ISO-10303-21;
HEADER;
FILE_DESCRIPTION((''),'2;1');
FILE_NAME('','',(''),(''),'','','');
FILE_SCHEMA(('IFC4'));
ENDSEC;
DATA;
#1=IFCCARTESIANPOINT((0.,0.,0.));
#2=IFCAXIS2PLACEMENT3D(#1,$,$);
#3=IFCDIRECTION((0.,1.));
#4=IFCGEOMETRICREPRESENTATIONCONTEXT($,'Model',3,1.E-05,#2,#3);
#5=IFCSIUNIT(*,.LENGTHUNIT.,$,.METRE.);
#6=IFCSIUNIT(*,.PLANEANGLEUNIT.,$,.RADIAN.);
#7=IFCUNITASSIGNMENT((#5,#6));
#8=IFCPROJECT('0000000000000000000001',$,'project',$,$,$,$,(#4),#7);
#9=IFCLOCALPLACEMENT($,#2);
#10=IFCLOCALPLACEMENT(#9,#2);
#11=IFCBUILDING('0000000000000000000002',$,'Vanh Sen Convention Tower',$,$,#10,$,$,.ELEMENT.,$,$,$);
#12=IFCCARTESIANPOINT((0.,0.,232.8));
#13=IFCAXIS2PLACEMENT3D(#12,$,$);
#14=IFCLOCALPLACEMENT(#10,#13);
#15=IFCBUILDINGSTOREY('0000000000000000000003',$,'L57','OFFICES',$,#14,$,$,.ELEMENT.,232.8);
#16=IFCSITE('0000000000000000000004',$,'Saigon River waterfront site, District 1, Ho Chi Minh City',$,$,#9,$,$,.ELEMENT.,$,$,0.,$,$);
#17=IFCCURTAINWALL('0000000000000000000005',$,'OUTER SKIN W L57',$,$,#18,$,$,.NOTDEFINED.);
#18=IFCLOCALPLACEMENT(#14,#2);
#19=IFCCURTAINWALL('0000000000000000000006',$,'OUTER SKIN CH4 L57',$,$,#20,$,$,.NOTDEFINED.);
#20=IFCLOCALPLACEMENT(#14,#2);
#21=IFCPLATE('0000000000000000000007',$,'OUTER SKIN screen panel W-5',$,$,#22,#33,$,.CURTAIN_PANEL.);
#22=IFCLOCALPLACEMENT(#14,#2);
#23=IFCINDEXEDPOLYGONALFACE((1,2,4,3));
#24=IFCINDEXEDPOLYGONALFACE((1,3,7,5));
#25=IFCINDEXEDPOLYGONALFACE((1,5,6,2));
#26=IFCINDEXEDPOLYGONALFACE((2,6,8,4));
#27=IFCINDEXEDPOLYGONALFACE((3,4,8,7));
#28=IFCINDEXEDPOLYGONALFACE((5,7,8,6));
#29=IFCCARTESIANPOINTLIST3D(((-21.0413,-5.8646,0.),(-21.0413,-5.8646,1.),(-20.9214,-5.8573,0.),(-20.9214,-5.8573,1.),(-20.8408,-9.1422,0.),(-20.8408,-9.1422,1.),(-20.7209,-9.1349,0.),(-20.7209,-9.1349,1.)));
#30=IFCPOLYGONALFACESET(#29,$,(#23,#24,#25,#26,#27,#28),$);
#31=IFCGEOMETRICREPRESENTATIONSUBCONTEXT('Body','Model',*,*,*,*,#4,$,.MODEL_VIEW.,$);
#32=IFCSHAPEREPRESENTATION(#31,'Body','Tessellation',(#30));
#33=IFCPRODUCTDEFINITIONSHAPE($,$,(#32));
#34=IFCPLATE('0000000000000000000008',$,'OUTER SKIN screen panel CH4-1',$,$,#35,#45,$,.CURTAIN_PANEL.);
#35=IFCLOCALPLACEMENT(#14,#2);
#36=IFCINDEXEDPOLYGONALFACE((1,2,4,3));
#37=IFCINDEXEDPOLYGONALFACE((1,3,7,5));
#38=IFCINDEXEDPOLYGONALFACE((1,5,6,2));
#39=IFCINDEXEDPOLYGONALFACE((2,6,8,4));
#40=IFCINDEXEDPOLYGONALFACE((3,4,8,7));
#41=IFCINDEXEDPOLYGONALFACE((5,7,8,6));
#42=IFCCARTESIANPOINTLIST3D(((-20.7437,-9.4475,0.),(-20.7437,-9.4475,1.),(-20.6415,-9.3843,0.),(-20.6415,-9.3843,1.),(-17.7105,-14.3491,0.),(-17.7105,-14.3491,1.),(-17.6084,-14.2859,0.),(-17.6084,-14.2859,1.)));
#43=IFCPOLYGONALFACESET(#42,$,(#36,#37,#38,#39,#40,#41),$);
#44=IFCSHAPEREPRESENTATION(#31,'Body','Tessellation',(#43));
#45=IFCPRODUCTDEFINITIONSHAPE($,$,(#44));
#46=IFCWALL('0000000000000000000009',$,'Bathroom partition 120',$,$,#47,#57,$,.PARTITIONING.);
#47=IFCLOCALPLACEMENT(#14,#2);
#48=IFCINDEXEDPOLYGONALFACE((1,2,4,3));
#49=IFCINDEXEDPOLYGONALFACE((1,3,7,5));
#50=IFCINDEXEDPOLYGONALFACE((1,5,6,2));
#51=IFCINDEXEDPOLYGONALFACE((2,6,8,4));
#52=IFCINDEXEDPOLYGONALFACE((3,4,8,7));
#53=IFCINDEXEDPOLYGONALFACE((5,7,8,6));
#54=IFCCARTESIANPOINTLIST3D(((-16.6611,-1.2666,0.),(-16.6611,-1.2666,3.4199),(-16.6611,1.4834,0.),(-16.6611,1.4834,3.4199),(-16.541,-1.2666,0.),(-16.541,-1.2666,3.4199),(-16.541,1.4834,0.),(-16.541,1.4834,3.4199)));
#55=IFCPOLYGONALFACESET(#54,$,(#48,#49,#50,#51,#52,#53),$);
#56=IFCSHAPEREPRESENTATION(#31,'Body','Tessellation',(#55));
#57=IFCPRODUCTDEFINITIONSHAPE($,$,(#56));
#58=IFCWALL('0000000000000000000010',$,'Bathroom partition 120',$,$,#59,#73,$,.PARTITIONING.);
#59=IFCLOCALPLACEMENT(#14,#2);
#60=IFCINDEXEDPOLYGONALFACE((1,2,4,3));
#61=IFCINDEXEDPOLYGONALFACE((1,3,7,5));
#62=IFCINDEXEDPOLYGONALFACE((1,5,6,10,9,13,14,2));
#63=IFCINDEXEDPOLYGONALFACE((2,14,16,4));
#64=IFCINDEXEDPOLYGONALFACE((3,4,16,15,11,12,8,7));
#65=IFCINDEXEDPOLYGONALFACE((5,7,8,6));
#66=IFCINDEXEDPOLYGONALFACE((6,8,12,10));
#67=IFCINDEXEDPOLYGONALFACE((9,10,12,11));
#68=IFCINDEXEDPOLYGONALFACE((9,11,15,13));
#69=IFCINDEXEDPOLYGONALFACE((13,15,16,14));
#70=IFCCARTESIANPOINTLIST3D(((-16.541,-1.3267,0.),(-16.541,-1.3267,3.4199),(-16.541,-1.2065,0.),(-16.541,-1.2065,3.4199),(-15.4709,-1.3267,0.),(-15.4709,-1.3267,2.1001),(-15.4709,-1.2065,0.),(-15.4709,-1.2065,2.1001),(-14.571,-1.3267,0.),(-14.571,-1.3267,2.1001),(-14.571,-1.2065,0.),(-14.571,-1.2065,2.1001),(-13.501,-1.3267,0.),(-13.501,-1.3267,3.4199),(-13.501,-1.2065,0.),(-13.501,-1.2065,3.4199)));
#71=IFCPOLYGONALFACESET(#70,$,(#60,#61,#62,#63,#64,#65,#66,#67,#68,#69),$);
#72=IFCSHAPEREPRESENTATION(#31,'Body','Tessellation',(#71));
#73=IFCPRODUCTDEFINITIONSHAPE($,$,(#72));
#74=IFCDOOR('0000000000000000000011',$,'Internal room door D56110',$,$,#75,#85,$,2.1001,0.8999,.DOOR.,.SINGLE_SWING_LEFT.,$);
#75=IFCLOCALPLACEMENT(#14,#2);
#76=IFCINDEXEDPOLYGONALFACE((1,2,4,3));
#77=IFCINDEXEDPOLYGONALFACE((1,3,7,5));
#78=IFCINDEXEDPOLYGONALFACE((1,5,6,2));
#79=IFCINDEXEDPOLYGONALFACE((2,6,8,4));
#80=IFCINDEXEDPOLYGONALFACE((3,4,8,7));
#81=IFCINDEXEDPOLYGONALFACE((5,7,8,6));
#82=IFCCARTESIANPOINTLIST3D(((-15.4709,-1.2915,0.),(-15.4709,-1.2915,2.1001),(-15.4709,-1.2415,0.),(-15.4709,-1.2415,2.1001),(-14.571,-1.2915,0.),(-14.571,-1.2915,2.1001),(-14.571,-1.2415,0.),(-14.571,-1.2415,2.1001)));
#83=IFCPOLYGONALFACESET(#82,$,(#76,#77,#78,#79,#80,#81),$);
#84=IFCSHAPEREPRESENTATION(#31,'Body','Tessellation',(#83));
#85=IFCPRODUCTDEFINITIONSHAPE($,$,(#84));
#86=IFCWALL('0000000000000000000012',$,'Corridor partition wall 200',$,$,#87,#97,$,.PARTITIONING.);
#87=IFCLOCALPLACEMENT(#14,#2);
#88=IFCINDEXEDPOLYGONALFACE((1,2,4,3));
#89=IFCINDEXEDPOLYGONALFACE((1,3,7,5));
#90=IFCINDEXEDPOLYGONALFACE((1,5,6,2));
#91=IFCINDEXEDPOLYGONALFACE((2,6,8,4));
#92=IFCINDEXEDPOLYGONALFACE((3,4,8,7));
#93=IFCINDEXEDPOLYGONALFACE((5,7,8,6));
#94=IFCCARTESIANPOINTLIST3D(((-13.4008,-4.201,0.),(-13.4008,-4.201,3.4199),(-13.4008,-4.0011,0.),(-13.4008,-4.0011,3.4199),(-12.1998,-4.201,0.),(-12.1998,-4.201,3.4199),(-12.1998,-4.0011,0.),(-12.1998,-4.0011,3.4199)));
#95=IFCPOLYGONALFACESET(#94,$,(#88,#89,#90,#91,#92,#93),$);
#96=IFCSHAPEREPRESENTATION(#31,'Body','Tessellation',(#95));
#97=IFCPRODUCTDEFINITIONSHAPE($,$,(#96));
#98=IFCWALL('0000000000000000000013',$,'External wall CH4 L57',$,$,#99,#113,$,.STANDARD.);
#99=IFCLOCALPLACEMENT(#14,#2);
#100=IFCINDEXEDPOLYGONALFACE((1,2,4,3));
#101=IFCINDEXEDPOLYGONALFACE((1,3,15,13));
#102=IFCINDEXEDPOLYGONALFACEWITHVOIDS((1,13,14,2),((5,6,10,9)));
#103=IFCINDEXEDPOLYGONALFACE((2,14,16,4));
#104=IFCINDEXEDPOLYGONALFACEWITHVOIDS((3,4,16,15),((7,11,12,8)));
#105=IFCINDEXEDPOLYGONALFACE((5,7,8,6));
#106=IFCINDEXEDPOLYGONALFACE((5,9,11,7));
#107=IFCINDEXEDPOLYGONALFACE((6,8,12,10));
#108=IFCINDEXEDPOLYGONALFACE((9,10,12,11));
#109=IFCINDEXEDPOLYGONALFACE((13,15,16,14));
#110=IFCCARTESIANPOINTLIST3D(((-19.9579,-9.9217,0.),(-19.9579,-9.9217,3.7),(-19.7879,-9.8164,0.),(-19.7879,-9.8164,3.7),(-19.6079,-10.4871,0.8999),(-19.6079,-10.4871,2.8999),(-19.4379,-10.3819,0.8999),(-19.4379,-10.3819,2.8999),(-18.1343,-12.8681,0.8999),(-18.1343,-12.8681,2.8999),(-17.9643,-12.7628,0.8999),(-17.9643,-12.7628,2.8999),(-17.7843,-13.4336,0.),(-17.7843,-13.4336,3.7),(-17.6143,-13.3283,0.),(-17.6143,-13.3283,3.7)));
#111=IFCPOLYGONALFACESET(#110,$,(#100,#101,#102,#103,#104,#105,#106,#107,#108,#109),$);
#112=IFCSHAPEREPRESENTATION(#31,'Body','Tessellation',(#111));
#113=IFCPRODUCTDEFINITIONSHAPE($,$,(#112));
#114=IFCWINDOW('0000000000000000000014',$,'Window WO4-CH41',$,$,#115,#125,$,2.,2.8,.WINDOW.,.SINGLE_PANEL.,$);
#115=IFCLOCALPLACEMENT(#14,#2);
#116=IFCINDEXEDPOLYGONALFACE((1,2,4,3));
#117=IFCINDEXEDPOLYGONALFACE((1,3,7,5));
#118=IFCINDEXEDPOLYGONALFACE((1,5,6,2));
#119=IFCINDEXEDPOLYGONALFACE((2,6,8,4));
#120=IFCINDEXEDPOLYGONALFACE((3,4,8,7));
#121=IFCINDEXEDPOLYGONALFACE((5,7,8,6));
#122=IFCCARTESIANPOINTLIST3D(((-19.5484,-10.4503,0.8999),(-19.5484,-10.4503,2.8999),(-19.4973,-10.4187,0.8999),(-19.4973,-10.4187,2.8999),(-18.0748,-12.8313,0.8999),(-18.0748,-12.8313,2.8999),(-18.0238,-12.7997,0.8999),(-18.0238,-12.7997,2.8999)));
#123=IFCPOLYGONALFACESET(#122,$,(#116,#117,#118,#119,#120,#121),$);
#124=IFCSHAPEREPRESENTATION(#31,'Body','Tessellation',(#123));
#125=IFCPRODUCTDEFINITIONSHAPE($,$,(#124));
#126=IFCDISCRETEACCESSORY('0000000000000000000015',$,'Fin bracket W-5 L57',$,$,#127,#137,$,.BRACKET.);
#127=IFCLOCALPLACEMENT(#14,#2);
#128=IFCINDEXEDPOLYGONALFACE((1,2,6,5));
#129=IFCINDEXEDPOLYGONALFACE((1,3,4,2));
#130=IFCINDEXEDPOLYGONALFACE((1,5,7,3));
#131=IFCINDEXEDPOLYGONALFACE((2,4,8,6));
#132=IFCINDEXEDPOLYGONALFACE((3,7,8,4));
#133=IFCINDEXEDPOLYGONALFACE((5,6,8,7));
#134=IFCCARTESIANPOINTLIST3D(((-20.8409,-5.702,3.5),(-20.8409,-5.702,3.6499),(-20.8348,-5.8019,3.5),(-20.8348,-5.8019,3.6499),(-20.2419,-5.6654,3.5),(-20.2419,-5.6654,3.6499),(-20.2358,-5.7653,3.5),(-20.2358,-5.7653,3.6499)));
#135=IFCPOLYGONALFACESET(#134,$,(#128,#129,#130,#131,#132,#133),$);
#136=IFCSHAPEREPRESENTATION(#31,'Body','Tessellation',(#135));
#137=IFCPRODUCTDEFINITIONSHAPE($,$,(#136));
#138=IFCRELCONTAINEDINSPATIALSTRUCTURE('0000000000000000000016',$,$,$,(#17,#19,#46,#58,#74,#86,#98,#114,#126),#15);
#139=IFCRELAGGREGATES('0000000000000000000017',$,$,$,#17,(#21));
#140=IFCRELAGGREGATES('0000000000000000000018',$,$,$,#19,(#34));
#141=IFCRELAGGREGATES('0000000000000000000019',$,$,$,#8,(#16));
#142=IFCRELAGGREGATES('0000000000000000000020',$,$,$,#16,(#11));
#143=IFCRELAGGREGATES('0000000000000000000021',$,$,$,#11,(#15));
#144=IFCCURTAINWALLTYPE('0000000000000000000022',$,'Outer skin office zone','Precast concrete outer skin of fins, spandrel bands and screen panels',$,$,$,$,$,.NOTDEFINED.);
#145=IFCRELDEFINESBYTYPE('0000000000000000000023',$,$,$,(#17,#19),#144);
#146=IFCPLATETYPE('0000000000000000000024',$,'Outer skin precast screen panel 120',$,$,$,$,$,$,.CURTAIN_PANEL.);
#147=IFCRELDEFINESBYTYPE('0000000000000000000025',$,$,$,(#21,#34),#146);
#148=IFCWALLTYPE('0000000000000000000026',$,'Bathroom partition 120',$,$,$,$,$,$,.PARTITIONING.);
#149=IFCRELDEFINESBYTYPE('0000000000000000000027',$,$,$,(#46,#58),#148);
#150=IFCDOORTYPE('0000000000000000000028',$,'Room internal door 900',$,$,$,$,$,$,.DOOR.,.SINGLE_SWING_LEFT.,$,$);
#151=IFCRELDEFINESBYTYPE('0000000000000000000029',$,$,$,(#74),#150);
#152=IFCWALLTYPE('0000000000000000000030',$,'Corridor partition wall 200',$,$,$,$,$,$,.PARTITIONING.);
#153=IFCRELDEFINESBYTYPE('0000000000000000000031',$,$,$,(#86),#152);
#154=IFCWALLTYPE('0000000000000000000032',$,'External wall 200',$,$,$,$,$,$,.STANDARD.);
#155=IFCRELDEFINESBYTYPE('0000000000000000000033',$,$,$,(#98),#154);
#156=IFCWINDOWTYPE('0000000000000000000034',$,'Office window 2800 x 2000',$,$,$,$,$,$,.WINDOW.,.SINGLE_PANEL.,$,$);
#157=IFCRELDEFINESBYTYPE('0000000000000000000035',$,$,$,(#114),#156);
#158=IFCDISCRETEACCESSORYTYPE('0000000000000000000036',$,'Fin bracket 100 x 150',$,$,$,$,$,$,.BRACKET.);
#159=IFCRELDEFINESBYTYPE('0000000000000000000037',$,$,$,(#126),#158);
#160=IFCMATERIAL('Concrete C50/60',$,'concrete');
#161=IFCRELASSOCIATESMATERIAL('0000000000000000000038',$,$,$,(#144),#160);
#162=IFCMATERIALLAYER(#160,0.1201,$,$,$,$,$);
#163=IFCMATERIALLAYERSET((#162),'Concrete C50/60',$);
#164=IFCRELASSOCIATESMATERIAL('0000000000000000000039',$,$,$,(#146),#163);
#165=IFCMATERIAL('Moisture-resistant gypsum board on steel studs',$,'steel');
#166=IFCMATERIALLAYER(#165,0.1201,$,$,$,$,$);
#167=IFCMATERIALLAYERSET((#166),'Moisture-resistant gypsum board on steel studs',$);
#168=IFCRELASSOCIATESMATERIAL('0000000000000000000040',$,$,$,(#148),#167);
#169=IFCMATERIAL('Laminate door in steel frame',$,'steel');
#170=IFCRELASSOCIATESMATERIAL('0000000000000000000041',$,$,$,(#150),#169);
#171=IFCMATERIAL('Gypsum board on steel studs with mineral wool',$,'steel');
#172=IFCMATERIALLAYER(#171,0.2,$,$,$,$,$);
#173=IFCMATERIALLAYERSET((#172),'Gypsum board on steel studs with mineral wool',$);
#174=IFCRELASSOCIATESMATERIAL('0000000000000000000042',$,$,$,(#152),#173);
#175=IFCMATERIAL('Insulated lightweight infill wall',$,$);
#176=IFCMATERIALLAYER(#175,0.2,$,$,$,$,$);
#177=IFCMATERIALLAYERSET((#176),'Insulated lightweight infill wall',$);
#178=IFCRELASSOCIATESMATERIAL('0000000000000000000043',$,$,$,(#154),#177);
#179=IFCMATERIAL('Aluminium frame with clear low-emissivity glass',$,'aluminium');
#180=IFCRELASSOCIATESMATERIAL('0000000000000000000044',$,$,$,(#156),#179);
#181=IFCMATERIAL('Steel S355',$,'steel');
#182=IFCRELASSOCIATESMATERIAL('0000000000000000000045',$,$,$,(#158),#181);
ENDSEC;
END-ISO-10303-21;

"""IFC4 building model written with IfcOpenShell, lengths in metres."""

from ifc_helpers import new_model, si_unit, direction, frame, frame_2d, origin, origin_2d, place, context, subcontext, project, spatial, rectangle, extrude, material, layer, layer_set, type_object, element, fill, aggregate, save


model = new_model("IFC4")

# Units and contexts
model_context = context("Model", 3, precision=1e-05, world=origin(), true_north=direction((0.0, 1.0)))
body_context = subcontext(model_context, "Body", "Model", "MODEL_VIEW")
ifc_project = project(units=[si_unit("LENGTHUNIT", "METRE"), si_unit("PLANEANGLEUNIT", "RADIAN")], contexts=[model_context])

# Site, building, storey
site_placement = place(None, origin())
site = spatial("IfcSite", under=ifc_project, at=site_placement, Name="Saigon River waterfront site, District 1, Ho Chi Minh City", CompositionType="ELEMENT", RefElevation=0.0)
building_placement = place(site_placement, origin())
building = spatial("IfcBuilding", under=site, at=building_placement, Name="Vanh Sen Convention Tower", CompositionType="ELEMENT")
storey_placement = place(building_placement, frame((0.0, 0.0, 232.8)))
storey = spatial("IfcBuildingStorey", under=building, at=storey_placement, Name="L57", Description="OFFICES", CompositionType="ELEMENT", Elevation=232.8)

# Curtain wall
ifc_material_1 = material(Name="Concrete C50/60", Category="concrete")
curtain_wall_type = type_object("IfcCurtainWallType", Name="Outer skin office zone", Description="Precast concrete outer skin of fins, spandrel bands and screen panels", PredefinedType="NOTDEFINED", material=ifc_material_1)
curtain_wall_1_placement = place(storey_placement, origin())
curtain_wall_1 = element("IfcCurtainWall", 1, at=curtain_wall_1_placement, inside=storey, type_object=curtain_wall_type, Name="OUTER SKIN W L57", PredefinedType="NOTDEFINED")

# Curtain wall
curtain_wall_2_placement = place(storey_placement, origin())
curtain_wall_2 = element("IfcCurtainWall", 2, at=curtain_wall_2_placement, inside=storey, type_object=curtain_wall_type, Name="OUTER SKIN CH4 L57", PredefinedType="NOTDEFINED")

# Plates
ifc_layer_1 = layer(ifc_material_1, 0.1201)
ifc_layer_set_1 = layer_set([ifc_layer_1], Name="Concrete C50/60")
plate_type = type_object("IfcPlateType", Name="Outer skin precast screen panel 120", PredefinedType="CURTAIN_PANEL", material=ifc_layer_set_1)
plate_1_placement = place(storey_placement, frame((-20.8811, -7.4998, 0.0), z_axis=(0.0, 0.0, 1.0), x_axis=(0.061069, -0.998134, 0.0)))
plate_1 = element("IfcPlate", 3, at=plate_1_placement, type_object=plate_type, Name="OUTER SKIN screen panel W-5", PredefinedType="CURTAIN_PANEL", context=body_context, shape_type="SweptSolid", body=[
    extrude(rectangle(XDim=3.2837, YDim=0.1201, at=origin_2d()), origin(), (0.0, 0.0, 1.0), 1.0),
])
aggregate(curtain_wall_1, [plate_1])
plate_2_placement = place(storey_placement, frame((-19.176, -11.8667, 0.0), z_axis=(0.0, 0.0, 1.0), x_axis=(0.526215, -0.850351, 0.0)))
plate_2 = element("IfcPlate", 4, at=plate_2_placement, type_object=plate_type, Name="OUTER SKIN screen panel CH4-1", PredefinedType="CURTAIN_PANEL", context=body_context, shape_type="SweptSolid", body=[
    extrude(rectangle(XDim=5.7642, YDim=0.1201, at=origin_2d()), origin(), (0.0, 0.0, 1.0), 1.0),
])
aggregate(curtain_wall_2, [plate_2])

# Wall
ifc_material_2 = material(Name="Moisture-resistant gypsum board on steel studs", Category="steel")
ifc_layer_2 = layer(ifc_material_2, 0.1201)
ifc_layer_set_2 = layer_set([ifc_layer_2], Name="Moisture-resistant gypsum board on steel studs")
wall_type_1 = type_object("IfcWallType", Name="Bathroom partition 120", PredefinedType="PARTITIONING", material=ifc_layer_set_2)
wall_1_placement = place(storey_placement, frame((-16.6011, -1.2666, 0.0), z_axis=(0.0, 0.0, 1.0), x_axis=(0.0, 1.0, 0.0)))
element("IfcWall", 5, at=wall_1_placement, inside=storey, type_object=wall_type_1, Name="Bathroom partition 120", PredefinedType="PARTITIONING", context=body_context, shape_type="SweptSolid", body=[
    extrude(rectangle(XDim=2.75, YDim=0.1201, at=frame_2d((1.375, 0.0))), origin(), (0.0, 0.0, 1.0), 3.4199),
])

# Wall, opening, door
wall_2_placement = place(storey_placement, frame((-13.501, -1.2666, 0.0), z_axis=(0.0, 0.0, 1.0), x_axis=(-1.0, 0.0, 0.0)))
wall_2 = element("IfcWall", 6, at=wall_2_placement, inside=storey, type_object=wall_type_1, Name="Bathroom partition 120", PredefinedType="PARTITIONING", context=body_context, shape_type="SweptSolid", body=[
    extrude(rectangle(XDim=3.04, YDim=0.1201, at=frame_2d((1.52, 0.0))), origin(), (0.0, 0.0, 1.0), 3.4199),
])
opening_1_placement = place(wall_2_placement, frame((1.0701, 0.0, 0.0)))
opening_1 = element("IfcOpeningElement", 7, at=opening_1_placement, cuts=wall_2, PredefinedType="OPENING", context=body_context, shape_type="SweptSolid", body=[
    extrude(rectangle(XDim=0.8999, YDim=2.1001, at=frame_2d((0.45, 1.05))), frame((0.0, 0.0701, 0.0), z_axis=(0.0, -1.0, 0.0), x_axis=(1.0, 0.0, 0.0)), (0.0, 0.0, 1.0), 0.1401),
])
ifc_material_3 = material(Name="Laminate door in steel frame", Category="steel")
door_type = type_object("IfcDoorType", Name="Room internal door 900", OperationType="SINGLE_SWING_LEFT", PredefinedType="DOOR", material=ifc_material_3)
door_placement = place(opening_1_placement, origin())
door = element("IfcDoor", 8, at=door_placement, inside=storey, type_object=door_type, Name="Internal room door D56110", OperationType="SINGLE_SWING_LEFT", OverallHeight=2.1001, OverallWidth=0.8999, PredefinedType="DOOR", context=body_context, shape_type="SweptSolid", body=[
    extrude(rectangle(XDim=0.8999, YDim=2.1001, at=frame_2d((0.45, 1.05))), frame((0.0, 0.0249, 0.0), z_axis=(0.0, -1.0, 0.0), x_axis=(1.0, 0.0, 0.0)), (0.0, 0.0, 1.0), 0.05),
])
fill(opening_1, door)

# Wall
ifc_material_4 = material(Name="Gypsum board on steel studs with mineral wool", Category="steel")
ifc_layer_3 = layer(ifc_material_4, 0.2)
ifc_layer_set_3 = layer_set([ifc_layer_3], Name="Gypsum board on steel studs with mineral wool")
wall_type_2 = type_object("IfcWallType", Name="Corridor partition wall 200", PredefinedType="PARTITIONING", material=ifc_layer_set_3)
wall_3_placement = place(storey_placement, frame((-13.4009, -4.1011, 0.0), z_axis=(0.0, 0.0, 1.0), x_axis=(1.0, 0.0, 0.0)))
element("IfcWall", 9, at=wall_3_placement, inside=storey, type_object=wall_type_2, Name="Corridor partition wall 200", PredefinedType="PARTITIONING", context=body_context, shape_type="SweptSolid", body=[
    extrude(rectangle(XDim=1.2009, YDim=0.2, at=frame_2d((0.6006, 0.0))), origin(), (0.0, 0.0, 1.0), 3.4199),
])

# Wall, opening, window
ifc_material_5 = material(Name="Insulated lightweight infill wall")
ifc_layer_4 = layer(ifc_material_5, 0.2)
ifc_layer_set_4 = layer_set([ifc_layer_4], Name="Insulated lightweight infill wall")
wall_type_3 = type_object("IfcWallType", Name="External wall 200", PredefinedType="STANDARD", material=ifc_layer_set_4)
wall_4_placement = place(storey_placement, frame((-19.8728, -9.8691, 0.0), z_axis=(0.0, 0.0, 1.0), x_axis=(0.526269, -0.850318, 0.0)))
wall_4 = element("IfcWall", 10, at=wall_4_placement, inside=storey, type_object=wall_type_3, Name="External wall CH4 L57", PredefinedType="STANDARD", context=body_context, shape_type="SweptSolid", body=[
    extrude(rectangle(XDim=4.1301, YDim=0.2, at=frame_2d((2.0649, 0.0))), origin(), (0.0, 0.0, 1.0), 3.7),
])
opening_2_placement = place(wall_4_placement, frame((0.665, 0.0, 0.8999)))
opening_2 = element("IfcOpeningElement", 11, at=opening_2_placement, cuts=wall_4, PredefinedType="OPENING", context=body_context, shape_type="SweptSolid", body=[
    extrude(rectangle(XDim=2.8, YDim=2.0, at=frame_2d((1.3999, 1.0))), frame((0.0, 0.1099, 0.0), z_axis=(0.0, -1.0, 0.0), x_axis=(1.0, 0.0, 0.0)), (0.0, 0.0, 1.0), 0.22),
])
ifc_material_6 = material(Name="Aluminium frame with clear low-emissivity glass", Category="aluminium")
window_type = type_object("IfcWindowType", Name="Office window 2800 x 2000", PartitioningType="SINGLE_PANEL", PredefinedType="WINDOW", material=ifc_material_6)
window_placement = place(opening_2_placement, origin())
window = element("IfcWindow", 12, at=window_placement, inside=storey, type_object=window_type, Name="Window WO4-CH41", OverallHeight=2.0, OverallWidth=2.8, PartitioningType="SINGLE_PANEL", PredefinedType="WINDOW", context=body_context, shape_type="SweptSolid", body=[
    extrude(rectangle(XDim=2.8, YDim=2.0, at=frame_2d((1.3999, 1.0))), frame((0.0, 0.03, 0.0), z_axis=(0.0, -1.0, 0.0), x_axis=(1.0, 0.0, 0.0)), (0.0, 0.0, 1.0), 0.0601),
])
fill(opening_2, window)

# Discrete accessory
ifc_material_7 = material(Name="Steel S355", Category="steel")
discrete_accessory_type = type_object("IfcDiscreteAccessoryType", Name="Fin bracket 100 x 150", PredefinedType="BRACKET", material=ifc_material_7)
discrete_accessory_placement = place(storey_placement, frame((-20.5383, -5.7336, 3.5), z_axis=(0.0, 0.0, 1.0), x_axis=(-0.998135, -0.061049, 0.0)))
element("IfcDiscreteAccessory", 13, at=discrete_accessory_placement, inside=storey, type_object=discrete_accessory_type, Name="Fin bracket W-5 L57", PredefinedType="BRACKET", context=body_context, shape_type="SweptSolid", body=[
    extrude(rectangle(XDim=0.6001, YDim=0.1001, at=origin_2d()), origin(), (0.0, 0.0, 1.0), 0.1499),
])

save(model, "model.ifc")
